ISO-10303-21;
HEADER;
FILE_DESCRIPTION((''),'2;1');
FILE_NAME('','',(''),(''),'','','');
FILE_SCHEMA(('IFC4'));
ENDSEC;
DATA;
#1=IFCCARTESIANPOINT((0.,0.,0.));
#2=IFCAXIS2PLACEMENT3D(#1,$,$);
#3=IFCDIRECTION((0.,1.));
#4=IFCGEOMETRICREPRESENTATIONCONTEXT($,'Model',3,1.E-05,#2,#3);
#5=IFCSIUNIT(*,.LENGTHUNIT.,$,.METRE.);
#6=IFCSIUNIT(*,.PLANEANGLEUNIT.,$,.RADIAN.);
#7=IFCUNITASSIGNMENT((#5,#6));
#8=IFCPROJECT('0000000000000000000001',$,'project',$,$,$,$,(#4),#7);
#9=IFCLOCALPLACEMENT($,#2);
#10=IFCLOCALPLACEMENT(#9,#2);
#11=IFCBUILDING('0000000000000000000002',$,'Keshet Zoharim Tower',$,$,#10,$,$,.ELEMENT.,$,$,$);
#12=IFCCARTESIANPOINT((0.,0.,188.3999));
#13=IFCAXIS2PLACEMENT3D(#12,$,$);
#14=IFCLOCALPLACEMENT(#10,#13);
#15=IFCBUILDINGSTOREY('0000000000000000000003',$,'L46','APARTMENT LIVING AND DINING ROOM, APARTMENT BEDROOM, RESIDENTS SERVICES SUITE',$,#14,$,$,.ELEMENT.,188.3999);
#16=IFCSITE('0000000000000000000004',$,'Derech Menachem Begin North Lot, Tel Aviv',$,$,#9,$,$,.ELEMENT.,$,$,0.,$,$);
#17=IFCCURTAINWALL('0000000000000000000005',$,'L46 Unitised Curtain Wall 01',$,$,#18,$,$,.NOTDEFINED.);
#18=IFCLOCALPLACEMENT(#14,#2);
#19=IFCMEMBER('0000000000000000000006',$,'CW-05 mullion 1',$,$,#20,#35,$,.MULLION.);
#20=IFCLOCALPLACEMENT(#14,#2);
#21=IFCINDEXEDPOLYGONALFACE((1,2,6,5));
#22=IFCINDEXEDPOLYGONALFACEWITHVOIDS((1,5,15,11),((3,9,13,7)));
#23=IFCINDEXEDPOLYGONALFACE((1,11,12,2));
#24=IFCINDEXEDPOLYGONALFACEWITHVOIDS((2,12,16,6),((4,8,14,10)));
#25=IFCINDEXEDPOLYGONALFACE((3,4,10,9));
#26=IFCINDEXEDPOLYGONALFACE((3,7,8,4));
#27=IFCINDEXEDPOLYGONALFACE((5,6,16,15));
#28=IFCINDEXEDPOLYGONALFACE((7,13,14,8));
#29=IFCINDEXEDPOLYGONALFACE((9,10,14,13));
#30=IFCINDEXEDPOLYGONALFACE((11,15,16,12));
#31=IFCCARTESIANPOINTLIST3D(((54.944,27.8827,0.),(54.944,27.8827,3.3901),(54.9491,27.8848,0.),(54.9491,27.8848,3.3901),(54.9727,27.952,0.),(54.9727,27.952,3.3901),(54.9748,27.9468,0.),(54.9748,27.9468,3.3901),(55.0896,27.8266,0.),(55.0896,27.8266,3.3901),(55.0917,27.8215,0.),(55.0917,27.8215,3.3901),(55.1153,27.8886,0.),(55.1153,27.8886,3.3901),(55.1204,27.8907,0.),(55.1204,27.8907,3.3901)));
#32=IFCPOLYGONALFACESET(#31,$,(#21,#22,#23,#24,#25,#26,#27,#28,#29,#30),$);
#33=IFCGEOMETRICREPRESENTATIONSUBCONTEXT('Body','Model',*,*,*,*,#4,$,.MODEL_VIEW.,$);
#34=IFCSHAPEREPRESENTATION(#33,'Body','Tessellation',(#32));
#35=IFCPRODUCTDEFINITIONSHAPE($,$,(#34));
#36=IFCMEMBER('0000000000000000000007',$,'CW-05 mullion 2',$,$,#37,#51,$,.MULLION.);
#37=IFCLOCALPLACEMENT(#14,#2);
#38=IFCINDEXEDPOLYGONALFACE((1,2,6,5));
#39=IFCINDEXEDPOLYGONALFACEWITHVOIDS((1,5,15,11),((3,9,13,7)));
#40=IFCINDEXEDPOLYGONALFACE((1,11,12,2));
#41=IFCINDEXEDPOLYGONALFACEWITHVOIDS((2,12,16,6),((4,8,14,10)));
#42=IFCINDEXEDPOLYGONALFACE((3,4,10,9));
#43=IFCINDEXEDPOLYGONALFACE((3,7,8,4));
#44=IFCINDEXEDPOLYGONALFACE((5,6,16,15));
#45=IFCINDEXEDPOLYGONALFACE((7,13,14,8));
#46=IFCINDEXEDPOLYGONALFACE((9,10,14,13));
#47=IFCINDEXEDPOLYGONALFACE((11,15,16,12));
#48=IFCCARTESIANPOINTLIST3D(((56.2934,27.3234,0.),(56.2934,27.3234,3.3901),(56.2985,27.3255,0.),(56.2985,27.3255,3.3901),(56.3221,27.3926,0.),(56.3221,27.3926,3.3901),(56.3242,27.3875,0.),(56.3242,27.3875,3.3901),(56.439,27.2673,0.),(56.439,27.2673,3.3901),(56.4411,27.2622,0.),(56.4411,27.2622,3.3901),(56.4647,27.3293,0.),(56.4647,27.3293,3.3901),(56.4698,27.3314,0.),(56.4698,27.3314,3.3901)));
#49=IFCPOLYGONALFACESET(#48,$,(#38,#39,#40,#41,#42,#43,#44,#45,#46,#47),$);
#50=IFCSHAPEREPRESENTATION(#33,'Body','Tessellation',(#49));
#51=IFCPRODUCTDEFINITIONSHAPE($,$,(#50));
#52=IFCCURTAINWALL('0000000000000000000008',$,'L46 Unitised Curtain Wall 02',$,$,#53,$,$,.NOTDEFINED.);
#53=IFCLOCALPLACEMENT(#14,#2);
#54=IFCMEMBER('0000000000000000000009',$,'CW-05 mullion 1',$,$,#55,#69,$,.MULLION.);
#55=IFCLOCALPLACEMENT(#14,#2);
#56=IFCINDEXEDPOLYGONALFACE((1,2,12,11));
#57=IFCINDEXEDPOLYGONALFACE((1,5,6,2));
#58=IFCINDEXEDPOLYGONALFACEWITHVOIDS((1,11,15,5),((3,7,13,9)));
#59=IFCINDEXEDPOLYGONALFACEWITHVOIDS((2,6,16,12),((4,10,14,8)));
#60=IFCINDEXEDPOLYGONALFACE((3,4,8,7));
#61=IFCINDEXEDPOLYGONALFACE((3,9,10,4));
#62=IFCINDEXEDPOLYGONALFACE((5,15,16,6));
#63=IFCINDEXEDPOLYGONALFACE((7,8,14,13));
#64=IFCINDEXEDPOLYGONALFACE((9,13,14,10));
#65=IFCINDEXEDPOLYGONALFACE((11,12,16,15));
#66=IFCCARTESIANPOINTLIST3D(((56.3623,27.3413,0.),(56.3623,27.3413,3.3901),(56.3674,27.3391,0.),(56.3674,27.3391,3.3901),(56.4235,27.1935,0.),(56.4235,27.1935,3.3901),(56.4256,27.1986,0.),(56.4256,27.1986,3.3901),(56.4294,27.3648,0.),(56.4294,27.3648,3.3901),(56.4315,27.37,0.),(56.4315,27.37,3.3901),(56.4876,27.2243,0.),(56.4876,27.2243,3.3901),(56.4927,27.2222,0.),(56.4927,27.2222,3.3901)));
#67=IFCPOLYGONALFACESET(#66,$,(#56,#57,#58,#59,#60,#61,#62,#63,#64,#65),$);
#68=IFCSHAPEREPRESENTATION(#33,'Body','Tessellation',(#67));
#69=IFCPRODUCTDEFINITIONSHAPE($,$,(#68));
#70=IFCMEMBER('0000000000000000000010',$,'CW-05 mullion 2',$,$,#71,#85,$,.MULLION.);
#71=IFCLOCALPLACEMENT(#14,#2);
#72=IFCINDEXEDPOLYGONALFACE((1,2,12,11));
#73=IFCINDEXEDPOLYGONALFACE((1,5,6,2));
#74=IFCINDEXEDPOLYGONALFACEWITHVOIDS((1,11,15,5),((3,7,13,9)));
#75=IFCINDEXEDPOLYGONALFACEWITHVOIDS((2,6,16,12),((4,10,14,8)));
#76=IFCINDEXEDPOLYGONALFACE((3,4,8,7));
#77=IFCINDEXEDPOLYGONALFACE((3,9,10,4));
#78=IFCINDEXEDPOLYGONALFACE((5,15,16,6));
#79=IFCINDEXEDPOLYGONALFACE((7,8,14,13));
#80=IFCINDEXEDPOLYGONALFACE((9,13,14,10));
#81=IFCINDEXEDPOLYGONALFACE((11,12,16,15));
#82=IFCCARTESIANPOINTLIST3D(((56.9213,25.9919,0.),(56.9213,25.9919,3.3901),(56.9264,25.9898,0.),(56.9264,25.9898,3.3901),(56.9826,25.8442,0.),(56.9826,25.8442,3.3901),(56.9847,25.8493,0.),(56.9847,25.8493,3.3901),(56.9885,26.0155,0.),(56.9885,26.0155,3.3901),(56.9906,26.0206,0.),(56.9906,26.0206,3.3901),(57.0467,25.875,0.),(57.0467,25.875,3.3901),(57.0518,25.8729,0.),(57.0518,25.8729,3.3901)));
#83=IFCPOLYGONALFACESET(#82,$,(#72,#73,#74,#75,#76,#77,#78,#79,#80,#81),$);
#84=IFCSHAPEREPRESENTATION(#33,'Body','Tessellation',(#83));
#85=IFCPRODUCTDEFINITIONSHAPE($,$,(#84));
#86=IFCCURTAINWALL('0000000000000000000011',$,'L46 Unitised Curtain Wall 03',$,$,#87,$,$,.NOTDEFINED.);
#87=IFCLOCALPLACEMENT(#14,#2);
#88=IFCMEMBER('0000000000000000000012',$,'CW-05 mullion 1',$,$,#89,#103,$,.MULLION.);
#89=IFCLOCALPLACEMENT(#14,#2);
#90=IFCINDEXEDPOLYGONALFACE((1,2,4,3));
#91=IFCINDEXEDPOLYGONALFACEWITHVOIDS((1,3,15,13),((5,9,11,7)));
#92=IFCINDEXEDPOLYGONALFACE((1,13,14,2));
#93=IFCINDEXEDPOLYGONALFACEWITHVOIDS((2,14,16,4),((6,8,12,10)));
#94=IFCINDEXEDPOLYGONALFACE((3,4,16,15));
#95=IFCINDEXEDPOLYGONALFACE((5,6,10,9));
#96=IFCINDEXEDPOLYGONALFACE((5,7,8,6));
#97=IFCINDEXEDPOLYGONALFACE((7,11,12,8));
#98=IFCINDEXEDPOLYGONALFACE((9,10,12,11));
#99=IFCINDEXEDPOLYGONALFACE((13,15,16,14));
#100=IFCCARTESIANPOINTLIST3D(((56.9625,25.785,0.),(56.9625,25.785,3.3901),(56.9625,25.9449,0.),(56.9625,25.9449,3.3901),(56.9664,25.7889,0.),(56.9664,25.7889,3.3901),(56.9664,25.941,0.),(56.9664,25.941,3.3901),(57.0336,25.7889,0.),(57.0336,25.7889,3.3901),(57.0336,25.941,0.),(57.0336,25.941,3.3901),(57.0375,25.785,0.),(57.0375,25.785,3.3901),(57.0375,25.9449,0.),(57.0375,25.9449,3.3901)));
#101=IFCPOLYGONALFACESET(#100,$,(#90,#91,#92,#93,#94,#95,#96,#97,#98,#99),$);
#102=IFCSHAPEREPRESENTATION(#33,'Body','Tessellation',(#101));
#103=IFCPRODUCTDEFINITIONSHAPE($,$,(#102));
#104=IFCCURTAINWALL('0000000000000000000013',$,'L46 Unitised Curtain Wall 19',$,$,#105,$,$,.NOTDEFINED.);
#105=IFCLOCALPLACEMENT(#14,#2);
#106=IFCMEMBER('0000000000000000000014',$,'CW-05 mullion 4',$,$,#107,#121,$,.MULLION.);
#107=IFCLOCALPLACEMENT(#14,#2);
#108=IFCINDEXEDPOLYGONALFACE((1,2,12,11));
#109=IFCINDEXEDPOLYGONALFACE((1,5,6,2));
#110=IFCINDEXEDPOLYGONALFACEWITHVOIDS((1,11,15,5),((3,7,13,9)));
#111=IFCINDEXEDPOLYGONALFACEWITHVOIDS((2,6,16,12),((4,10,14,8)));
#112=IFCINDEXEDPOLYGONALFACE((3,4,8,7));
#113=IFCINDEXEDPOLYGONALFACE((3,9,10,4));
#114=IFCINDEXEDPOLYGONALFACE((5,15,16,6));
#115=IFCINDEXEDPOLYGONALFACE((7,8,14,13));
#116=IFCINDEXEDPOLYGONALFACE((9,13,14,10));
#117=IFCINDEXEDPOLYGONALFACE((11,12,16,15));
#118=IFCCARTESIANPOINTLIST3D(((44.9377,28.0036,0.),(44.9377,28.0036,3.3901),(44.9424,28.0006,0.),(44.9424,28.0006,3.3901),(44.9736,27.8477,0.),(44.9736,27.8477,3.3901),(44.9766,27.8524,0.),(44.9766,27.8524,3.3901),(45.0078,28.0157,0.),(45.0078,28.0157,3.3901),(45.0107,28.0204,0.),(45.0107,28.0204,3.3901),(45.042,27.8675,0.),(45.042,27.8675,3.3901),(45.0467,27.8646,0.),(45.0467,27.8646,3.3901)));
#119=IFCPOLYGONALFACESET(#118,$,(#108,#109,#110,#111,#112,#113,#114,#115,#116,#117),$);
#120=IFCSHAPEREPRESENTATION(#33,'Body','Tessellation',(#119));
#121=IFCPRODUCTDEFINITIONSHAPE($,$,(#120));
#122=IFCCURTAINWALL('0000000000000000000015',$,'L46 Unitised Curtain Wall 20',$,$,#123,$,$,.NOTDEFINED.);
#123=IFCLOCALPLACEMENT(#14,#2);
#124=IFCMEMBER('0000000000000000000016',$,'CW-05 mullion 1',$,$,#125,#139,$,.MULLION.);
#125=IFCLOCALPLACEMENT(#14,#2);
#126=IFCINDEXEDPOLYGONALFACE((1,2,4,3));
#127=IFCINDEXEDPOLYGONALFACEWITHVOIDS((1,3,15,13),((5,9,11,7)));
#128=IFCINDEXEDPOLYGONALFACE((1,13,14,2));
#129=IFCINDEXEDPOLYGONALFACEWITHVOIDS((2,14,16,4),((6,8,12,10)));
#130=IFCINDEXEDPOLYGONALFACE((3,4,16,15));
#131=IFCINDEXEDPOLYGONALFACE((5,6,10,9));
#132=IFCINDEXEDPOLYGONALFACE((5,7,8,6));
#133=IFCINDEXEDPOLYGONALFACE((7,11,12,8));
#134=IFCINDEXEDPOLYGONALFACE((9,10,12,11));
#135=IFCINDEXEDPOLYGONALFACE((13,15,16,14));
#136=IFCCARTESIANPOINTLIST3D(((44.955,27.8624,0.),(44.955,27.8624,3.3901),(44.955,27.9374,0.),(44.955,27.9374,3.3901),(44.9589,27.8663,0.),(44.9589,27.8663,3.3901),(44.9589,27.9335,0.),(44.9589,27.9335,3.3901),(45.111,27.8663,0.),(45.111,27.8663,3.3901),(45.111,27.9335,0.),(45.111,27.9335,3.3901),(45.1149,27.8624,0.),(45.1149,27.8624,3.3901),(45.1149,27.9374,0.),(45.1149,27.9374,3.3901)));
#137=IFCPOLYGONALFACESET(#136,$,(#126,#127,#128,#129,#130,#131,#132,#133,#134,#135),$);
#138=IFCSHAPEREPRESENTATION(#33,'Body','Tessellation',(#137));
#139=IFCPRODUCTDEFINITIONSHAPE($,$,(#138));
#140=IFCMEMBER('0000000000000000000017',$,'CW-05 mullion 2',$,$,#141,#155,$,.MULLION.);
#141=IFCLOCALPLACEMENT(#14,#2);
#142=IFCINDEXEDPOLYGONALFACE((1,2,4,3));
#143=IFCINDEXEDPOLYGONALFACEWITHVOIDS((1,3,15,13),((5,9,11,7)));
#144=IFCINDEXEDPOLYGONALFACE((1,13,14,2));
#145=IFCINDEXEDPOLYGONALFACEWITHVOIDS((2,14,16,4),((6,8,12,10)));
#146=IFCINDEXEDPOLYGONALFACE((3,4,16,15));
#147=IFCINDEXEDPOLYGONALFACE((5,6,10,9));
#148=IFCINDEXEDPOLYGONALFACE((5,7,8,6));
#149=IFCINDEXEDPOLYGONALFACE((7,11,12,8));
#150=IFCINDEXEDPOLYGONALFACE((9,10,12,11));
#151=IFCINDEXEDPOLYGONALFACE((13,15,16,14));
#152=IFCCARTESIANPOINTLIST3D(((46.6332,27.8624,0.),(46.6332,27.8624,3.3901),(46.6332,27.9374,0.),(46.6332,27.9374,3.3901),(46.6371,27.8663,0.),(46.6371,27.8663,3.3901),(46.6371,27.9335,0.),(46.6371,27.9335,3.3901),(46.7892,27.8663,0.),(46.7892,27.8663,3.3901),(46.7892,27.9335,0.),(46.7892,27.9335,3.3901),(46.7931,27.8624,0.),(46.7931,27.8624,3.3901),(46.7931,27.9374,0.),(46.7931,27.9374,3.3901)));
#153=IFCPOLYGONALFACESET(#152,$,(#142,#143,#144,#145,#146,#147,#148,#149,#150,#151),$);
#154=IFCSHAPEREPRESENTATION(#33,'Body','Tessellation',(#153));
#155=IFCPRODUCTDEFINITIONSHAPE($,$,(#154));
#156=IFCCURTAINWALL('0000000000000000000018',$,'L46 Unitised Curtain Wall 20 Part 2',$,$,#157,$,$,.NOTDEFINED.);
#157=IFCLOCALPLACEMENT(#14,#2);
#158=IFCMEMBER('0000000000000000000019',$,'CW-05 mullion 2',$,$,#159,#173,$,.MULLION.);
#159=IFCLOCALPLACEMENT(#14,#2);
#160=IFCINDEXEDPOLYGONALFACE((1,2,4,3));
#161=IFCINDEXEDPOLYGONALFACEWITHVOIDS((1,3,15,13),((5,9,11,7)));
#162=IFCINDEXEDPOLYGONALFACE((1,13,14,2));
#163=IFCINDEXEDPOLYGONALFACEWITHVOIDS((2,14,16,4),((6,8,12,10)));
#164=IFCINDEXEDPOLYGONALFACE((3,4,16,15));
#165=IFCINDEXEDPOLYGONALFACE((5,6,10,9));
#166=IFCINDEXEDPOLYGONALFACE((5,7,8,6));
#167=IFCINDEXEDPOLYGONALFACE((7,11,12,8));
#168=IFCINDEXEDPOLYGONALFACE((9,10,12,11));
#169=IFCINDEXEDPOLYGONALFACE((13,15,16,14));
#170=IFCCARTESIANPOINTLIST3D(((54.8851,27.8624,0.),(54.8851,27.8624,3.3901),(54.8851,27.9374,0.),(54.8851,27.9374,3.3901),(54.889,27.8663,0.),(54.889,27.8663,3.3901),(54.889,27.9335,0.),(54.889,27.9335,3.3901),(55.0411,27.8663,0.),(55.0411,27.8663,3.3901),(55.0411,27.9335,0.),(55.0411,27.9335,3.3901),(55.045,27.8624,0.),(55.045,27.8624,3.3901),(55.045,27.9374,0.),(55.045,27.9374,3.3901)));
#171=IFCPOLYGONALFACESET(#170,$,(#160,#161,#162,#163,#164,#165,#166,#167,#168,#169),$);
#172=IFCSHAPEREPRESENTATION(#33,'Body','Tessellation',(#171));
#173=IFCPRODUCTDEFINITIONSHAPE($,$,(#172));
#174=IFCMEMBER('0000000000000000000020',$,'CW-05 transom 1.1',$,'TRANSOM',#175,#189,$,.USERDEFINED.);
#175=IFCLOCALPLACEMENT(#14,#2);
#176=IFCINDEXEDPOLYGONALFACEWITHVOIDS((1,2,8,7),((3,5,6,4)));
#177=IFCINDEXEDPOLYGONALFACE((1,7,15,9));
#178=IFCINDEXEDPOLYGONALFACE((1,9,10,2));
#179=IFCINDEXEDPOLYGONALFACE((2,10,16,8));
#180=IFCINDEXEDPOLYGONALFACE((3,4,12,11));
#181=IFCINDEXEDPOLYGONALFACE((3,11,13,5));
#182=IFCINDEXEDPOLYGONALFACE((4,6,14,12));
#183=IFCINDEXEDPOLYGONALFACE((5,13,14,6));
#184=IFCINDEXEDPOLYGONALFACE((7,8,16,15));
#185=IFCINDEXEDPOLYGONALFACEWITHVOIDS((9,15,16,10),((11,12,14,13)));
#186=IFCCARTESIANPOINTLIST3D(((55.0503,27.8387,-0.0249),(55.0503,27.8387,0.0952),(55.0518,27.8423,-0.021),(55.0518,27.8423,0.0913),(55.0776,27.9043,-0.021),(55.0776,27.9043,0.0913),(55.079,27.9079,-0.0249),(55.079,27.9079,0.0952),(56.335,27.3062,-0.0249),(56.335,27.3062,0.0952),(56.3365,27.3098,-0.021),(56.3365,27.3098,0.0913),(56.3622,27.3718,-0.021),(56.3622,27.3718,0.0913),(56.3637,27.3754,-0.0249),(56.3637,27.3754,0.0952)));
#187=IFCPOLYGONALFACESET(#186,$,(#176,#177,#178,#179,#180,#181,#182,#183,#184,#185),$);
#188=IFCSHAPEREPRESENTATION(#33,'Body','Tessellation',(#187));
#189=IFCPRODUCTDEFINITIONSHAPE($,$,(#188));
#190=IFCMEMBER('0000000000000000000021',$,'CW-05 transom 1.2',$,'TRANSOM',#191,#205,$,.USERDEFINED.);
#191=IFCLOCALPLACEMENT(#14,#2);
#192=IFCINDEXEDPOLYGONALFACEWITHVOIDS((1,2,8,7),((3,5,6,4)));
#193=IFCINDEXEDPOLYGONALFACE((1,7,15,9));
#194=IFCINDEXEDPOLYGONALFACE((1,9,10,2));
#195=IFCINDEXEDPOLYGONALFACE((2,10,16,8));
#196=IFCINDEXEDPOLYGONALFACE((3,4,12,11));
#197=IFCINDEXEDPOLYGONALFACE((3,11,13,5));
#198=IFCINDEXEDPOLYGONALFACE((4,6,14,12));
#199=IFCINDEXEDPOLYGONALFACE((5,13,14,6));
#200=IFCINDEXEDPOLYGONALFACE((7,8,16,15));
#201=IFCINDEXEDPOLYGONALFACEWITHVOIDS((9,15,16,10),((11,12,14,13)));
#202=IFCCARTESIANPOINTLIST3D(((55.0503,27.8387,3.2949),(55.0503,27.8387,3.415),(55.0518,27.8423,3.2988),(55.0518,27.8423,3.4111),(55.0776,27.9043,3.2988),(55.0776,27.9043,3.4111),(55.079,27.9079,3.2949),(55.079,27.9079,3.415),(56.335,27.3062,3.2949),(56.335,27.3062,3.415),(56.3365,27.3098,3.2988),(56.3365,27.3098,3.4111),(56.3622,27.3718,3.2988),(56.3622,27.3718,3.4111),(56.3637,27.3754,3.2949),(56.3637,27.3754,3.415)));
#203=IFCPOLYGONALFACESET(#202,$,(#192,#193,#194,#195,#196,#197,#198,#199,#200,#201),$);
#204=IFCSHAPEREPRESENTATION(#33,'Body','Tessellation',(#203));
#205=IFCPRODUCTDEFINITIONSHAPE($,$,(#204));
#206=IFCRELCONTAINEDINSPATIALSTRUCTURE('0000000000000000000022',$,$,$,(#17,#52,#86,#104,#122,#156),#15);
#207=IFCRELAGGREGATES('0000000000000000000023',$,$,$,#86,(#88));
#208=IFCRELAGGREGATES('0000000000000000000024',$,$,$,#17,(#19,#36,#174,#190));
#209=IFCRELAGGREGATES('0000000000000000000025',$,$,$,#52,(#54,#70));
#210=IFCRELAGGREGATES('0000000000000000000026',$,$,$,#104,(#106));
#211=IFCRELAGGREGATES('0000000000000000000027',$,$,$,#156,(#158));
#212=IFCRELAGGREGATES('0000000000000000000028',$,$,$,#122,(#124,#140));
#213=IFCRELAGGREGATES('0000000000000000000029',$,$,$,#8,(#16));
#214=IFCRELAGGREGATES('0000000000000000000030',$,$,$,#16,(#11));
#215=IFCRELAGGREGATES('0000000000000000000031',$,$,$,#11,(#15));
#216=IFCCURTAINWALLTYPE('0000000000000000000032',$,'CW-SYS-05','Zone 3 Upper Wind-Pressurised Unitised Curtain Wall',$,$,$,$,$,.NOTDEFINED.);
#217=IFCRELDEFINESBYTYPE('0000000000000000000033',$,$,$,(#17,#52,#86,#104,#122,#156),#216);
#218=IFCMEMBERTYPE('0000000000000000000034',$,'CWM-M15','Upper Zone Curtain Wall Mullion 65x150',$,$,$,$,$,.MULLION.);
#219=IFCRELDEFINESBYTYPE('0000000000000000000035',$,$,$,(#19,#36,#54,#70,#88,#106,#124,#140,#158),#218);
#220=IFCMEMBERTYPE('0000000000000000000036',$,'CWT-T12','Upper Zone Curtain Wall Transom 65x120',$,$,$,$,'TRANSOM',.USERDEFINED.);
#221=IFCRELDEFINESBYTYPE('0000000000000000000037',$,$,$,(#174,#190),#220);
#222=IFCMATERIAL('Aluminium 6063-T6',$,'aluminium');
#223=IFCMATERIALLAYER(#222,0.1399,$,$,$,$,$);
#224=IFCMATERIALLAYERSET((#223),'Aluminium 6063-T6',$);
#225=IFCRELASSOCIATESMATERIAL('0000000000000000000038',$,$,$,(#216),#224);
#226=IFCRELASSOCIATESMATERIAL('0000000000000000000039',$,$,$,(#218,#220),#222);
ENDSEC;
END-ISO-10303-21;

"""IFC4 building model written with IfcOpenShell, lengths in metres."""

from ifc_helpers import new_model, si_unit, direction, frame, origin, origin_2d, place, context, subcontext, project, spatial, hollow_rectangle, extrude, material, layer, layer_set, material_profile, profile_set, type_object, element, aggregate, save


model = new_model("IFC4")

# Units and contexts
model_context = context("Model", 3, precision=1e-05, world=origin(), true_north=direction((0.0, 1.0)))
body_context = subcontext(model_context, "Body", "Model", "MODEL_VIEW")
ifc_project = project(units=[si_unit("LENGTHUNIT", "METRE"), si_unit("PLANEANGLEUNIT", "RADIAN")], contexts=[model_context])

# Site, building, storey
site_placement = place(None, origin())
site = spatial("IfcSite", under=ifc_project, at=site_placement, Name="Derech Menachem Begin North Lot, Tel Aviv", CompositionType="ELEMENT", RefElevation=0.0)
building_placement = place(site_placement, origin())
building = spatial("IfcBuilding", under=site, at=building_placement, Name="Keshet Zoharim Tower", CompositionType="ELEMENT")
storey_placement = place(building_placement, frame((0.0, 0.0, 188.3999)))
storey = spatial("IfcBuildingStorey", under=building, at=storey_placement, Name="L46", Description="APARTMENT LIVING AND DINING ROOM, APARTMENT BEDROOM, RESIDENTS SERVICES SUITE", CompositionType="ELEMENT", Elevation=188.3999)

# Curtain walls, members
ifc_material_1 = material(Name="Aluminium 6063-T6", Category="aluminium")
ifc_layer_1 = layer(ifc_material_1, 0.1399)
ifc_layer_set_1 = layer_set([ifc_layer_1], Name="Aluminium 6063-T6")
curtain_wall_type = type_object("IfcCurtainWallType", Name="CW-SYS-05", Description="Zone 3 Upper Wind-Pressurised Unitised Curtain Wall", PredefinedType="NOTDEFINED", material=ifc_layer_set_1)
curtain_wall_1_placement = place(storey_placement, origin())
curtain_wall_1 = element("IfcCurtainWall", 1, at=curtain_wall_1_placement, inside=storey, type_object=curtain_wall_type, Name="L46 Unitised Curtain Wall 01", PredefinedType="NOTDEFINED")
ifc_material_profile_1 = material_profile(ifc_material_1, hollow_rectangle(XDim=0.075, YDim=0.1599, WallThickness=0.0039, at=origin_2d()), Name="MUL-75x160")
ifc_profile_set_1 = profile_set([ifc_material_profile_1], Name="Aluminium 6063-T6")
member_type_1 = type_object("IfcMemberType", Name="CWM-M15", Description="Upper Zone Curtain Wall Mullion 65x150", PredefinedType="MULLION", material=ifc_profile_set_1)
member_1_placement = place(storey_placement, frame((55.0322, 27.8867, 0.0), z_axis=(0.0, 0.0, 1.0), x_axis=(0.382852, 0.92381, 0.0)))
member_1 = element("IfcMember", 2, at=member_1_placement, type_object=member_type_1, Name="CW-05 mullion 1", PredefinedType="MULLION", context=body_context, shape_type="SweptSolid", body=[
    extrude(hollow_rectangle(XDim=0.075, YDim=0.1599, WallThickness=0.0039, at=origin_2d()), origin(), (0.0, 0.0, 1.0), 3.3901),
])
member_2_placement = place(storey_placement, frame((56.3816, 27.3274, 0.0), z_axis=(0.0, 0.0, 1.0), x_axis=(0.382852, 0.92381, 0.0)))
member_2 = element("IfcMember", 3, at=member_2_placement, type_object=member_type_1, Name="CW-05 mullion 2", PredefinedType="MULLION", context=body_context, shape_type="SweptSolid", body=[
    extrude(hollow_rectangle(XDim=0.075, YDim=0.1599, WallThickness=0.0039, at=origin_2d()), origin(), (0.0, 0.0, 1.0), 3.3901),
])
curtain_wall_2_placement = place(storey_placement, origin())
curtain_wall_2 = element("IfcCurtainWall", 4, at=curtain_wall_2_placement, inside=storey, type_object=curtain_wall_type, Name="L46 Unitised Curtain Wall 02", PredefinedType="NOTDEFINED")
member_3_placement = place(storey_placement, frame((56.4275, 27.2817, 0.0), z_axis=(0.0, 0.0, 1.0), x_axis=(0.92381, 0.382852, 0.0)))
member_3 = element("IfcMember", 5, at=member_3_placement, type_object=member_type_1, Name="CW-05 mullion 1", PredefinedType="MULLION", context=body_context, shape_type="SweptSolid", body=[
    extrude(hollow_rectangle(XDim=0.075, YDim=0.1599, WallThickness=0.0039, at=origin_2d()), origin(), (0.0, 0.0, 1.0), 3.3901),
])
member_4_placement = place(storey_placement, frame((56.9866, 25.9324, 0.0), z_axis=(0.0, 0.0, 1.0), x_axis=(0.92381, 0.382852, 0.0)))
member_4 = element("IfcMember", 6, at=member_4_placement, type_object=member_type_1, Name="CW-05 mullion 2", PredefinedType="MULLION", context=body_context, shape_type="SweptSolid", body=[
    extrude(hollow_rectangle(XDim=0.075, YDim=0.1599, WallThickness=0.0039, at=origin_2d()), origin(), (0.0, 0.0, 1.0), 3.3901),
])

# Curtain walls, members
curtain_wall_3_placement = place(storey_placement, origin())
curtain_wall_3 = element("IfcCurtainWall", 7, at=curtain_wall_3_placement, inside=storey, type_object=curtain_wall_type, Name="L46 Unitised Curtain Wall 03", PredefinedType="NOTDEFINED")
member_5_placement = place(storey_placement, frame((57.0, 25.865, 0.0), z_axis=(0.0, 0.0, 1.0), x_axis=(1.0, 0.0, 0.0)))
member_5 = element("IfcMember", 8, at=member_5_placement, type_object=member_type_1, Name="CW-05 mullion 1", PredefinedType="MULLION", context=body_context, shape_type="SweptSolid", body=[
    extrude(hollow_rectangle(XDim=0.075, YDim=0.1599, WallThickness=0.0039, at=origin_2d()), origin(), (0.0, 0.0, 1.0), 3.3901),
])
curtain_wall_4_placement = place(storey_placement, origin())
curtain_wall_4 = element("IfcCurtainWall", 9, at=curtain_wall_4_placement, inside=storey, type_object=curtain_wall_type, Name="L46 Unitised Curtain Wall 19", PredefinedType="NOTDEFINED")
member_6_placement = place(storey_placement, frame((44.9922, 27.9341, 0.0), z_axis=(0.0, 0.0, 1.0), x_axis=(0.974394, 0.224848, 0.0)))
member_6 = element("IfcMember", 10, at=member_6_placement, type_object=member_type_1, Name="CW-05 mullion 4", PredefinedType="MULLION", context=body_context, shape_type="SweptSolid", body=[
    extrude(hollow_rectangle(XDim=0.075, YDim=0.1599, WallThickness=0.0039, at=origin_2d()), origin(), (0.0, 0.0, 1.0), 3.3901),
])

# Curtain wall, members
curtain_wall_5_placement = place(storey_placement, origin())
curtain_wall_5 = element("IfcCurtainWall", 11, at=curtain_wall_5_placement, inside=storey, type_object=curtain_wall_type, Name="L46 Unitised Curtain Wall 20", PredefinedType="NOTDEFINED")
member_7_placement = place(storey_placement, frame((45.0349, 27.8999, 0.0), z_axis=(0.0, 0.0, 1.0), x_axis=(0.0, 1.0, 0.0)))
member_7 = element("IfcMember", 12, at=member_7_placement, type_object=member_type_1, Name="CW-05 mullion 1", PredefinedType="MULLION", context=body_context, shape_type="SweptSolid", body=[
    extrude(hollow_rectangle(XDim=0.075, YDim=0.1599, WallThickness=0.0039, at=origin_2d()), origin(), (0.0, 0.0, 1.0), 3.3901),
])
member_8_placement = place(storey_placement, frame((46.7131, 27.8999, 0.0), z_axis=(0.0, 0.0, 1.0), x_axis=(0.0, 1.0, 0.0)))
member_8 = element("IfcMember", 13, at=member_8_placement, type_object=member_type_1, Name="CW-05 mullion 2", PredefinedType="MULLION", context=body_context, shape_type="SweptSolid", body=[
    extrude(hollow_rectangle(XDim=0.075, YDim=0.1599, WallThickness=0.0039, at=origin_2d()), origin(), (0.0, 0.0, 1.0), 3.3901),
])

# Curtain wall, member
curtain_wall_6_placement = place(storey_placement, origin())
curtain_wall_6 = element("IfcCurtainWall", 14, at=curtain_wall_6_placement, inside=storey, type_object=curtain_wall_type, Name="L46 Unitised Curtain Wall 20 Part 2", PredefinedType="NOTDEFINED")
member_9_placement = place(storey_placement, frame((54.9651, 27.8999, 0.0), z_axis=(0.0, 0.0, 1.0), x_axis=(0.0, 1.0, 0.0)))
member_9 = element("IfcMember", 15, at=member_9_placement, type_object=member_type_1, Name="CW-05 mullion 2", PredefinedType="MULLION", context=body_context, shape_type="SweptSolid", body=[
    extrude(hollow_rectangle(XDim=0.075, YDim=0.1599, WallThickness=0.0039, at=origin_2d()), origin(), (0.0, 0.0, 1.0), 3.3901),
])

# Members
ifc_material_profile_2 = material_profile(ifc_material_1, hollow_rectangle(XDim=0.075, YDim=0.1201, WallThickness=0.0039, at=origin_2d()), Name="TRN-75x120")
ifc_profile_set_2 = profile_set([ifc_material_profile_2], Name="Aluminium 6063-T6")
member_type_2 = type_object("IfcMemberType", Name="CWT-T12", Description="Upper Zone Curtain Wall Transom 65x120", ElementType="TRANSOM", PredefinedType="USERDEFINED", material=ifc_profile_set_2)
member_10_placement = place(storey_placement, frame((55.0647, 27.8733, 0.0352), z_axis=(0.923792, -0.382894, 0.0), x_axis=(0.382894, 0.923792, 0.0)))
member_10 = element("IfcMember", 16, at=member_10_placement, type_object=member_type_2, Name="CW-05 transom 1.1", ObjectType="TRANSOM", PredefinedType="USERDEFINED", context=body_context, shape_type="SweptSolid", body=[
    extrude(hollow_rectangle(XDim=0.075, YDim=0.1201, WallThickness=0.0039, at=origin_2d()), origin(), (0.0, 0.0, 1.0), 1.3906),
])
member_11_placement = place(storey_placement, frame((55.0647, 27.8733, 3.355), z_axis=(0.923792, -0.382894, 0.0), x_axis=(0.382894, 0.923792, 0.0)))
member_11 = element("IfcMember", 17, at=member_11_placement, type_object=member_type_2, Name="CW-05 transom 1.2", ObjectType="TRANSOM", PredefinedType="USERDEFINED", context=body_context, shape_type="SweptSolid", body=[
    extrude(hollow_rectangle(XDim=0.075, YDim=0.1201, WallThickness=0.0039, at=origin_2d()), origin(), (0.0, 0.0, 1.0), 1.3906),
])
aggregate(curtain_wall_3, [member_5])

aggregate(curtain_wall_1, [member_1, member_2, member_10, member_11])
aggregate(curtain_wall_2, [member_3, member_4])
aggregate(curtain_wall_4, [member_6])
aggregate(curtain_wall_6, [member_9])
aggregate(curtain_wall_5, [member_7, member_8])

save(model, "model.ifc")
